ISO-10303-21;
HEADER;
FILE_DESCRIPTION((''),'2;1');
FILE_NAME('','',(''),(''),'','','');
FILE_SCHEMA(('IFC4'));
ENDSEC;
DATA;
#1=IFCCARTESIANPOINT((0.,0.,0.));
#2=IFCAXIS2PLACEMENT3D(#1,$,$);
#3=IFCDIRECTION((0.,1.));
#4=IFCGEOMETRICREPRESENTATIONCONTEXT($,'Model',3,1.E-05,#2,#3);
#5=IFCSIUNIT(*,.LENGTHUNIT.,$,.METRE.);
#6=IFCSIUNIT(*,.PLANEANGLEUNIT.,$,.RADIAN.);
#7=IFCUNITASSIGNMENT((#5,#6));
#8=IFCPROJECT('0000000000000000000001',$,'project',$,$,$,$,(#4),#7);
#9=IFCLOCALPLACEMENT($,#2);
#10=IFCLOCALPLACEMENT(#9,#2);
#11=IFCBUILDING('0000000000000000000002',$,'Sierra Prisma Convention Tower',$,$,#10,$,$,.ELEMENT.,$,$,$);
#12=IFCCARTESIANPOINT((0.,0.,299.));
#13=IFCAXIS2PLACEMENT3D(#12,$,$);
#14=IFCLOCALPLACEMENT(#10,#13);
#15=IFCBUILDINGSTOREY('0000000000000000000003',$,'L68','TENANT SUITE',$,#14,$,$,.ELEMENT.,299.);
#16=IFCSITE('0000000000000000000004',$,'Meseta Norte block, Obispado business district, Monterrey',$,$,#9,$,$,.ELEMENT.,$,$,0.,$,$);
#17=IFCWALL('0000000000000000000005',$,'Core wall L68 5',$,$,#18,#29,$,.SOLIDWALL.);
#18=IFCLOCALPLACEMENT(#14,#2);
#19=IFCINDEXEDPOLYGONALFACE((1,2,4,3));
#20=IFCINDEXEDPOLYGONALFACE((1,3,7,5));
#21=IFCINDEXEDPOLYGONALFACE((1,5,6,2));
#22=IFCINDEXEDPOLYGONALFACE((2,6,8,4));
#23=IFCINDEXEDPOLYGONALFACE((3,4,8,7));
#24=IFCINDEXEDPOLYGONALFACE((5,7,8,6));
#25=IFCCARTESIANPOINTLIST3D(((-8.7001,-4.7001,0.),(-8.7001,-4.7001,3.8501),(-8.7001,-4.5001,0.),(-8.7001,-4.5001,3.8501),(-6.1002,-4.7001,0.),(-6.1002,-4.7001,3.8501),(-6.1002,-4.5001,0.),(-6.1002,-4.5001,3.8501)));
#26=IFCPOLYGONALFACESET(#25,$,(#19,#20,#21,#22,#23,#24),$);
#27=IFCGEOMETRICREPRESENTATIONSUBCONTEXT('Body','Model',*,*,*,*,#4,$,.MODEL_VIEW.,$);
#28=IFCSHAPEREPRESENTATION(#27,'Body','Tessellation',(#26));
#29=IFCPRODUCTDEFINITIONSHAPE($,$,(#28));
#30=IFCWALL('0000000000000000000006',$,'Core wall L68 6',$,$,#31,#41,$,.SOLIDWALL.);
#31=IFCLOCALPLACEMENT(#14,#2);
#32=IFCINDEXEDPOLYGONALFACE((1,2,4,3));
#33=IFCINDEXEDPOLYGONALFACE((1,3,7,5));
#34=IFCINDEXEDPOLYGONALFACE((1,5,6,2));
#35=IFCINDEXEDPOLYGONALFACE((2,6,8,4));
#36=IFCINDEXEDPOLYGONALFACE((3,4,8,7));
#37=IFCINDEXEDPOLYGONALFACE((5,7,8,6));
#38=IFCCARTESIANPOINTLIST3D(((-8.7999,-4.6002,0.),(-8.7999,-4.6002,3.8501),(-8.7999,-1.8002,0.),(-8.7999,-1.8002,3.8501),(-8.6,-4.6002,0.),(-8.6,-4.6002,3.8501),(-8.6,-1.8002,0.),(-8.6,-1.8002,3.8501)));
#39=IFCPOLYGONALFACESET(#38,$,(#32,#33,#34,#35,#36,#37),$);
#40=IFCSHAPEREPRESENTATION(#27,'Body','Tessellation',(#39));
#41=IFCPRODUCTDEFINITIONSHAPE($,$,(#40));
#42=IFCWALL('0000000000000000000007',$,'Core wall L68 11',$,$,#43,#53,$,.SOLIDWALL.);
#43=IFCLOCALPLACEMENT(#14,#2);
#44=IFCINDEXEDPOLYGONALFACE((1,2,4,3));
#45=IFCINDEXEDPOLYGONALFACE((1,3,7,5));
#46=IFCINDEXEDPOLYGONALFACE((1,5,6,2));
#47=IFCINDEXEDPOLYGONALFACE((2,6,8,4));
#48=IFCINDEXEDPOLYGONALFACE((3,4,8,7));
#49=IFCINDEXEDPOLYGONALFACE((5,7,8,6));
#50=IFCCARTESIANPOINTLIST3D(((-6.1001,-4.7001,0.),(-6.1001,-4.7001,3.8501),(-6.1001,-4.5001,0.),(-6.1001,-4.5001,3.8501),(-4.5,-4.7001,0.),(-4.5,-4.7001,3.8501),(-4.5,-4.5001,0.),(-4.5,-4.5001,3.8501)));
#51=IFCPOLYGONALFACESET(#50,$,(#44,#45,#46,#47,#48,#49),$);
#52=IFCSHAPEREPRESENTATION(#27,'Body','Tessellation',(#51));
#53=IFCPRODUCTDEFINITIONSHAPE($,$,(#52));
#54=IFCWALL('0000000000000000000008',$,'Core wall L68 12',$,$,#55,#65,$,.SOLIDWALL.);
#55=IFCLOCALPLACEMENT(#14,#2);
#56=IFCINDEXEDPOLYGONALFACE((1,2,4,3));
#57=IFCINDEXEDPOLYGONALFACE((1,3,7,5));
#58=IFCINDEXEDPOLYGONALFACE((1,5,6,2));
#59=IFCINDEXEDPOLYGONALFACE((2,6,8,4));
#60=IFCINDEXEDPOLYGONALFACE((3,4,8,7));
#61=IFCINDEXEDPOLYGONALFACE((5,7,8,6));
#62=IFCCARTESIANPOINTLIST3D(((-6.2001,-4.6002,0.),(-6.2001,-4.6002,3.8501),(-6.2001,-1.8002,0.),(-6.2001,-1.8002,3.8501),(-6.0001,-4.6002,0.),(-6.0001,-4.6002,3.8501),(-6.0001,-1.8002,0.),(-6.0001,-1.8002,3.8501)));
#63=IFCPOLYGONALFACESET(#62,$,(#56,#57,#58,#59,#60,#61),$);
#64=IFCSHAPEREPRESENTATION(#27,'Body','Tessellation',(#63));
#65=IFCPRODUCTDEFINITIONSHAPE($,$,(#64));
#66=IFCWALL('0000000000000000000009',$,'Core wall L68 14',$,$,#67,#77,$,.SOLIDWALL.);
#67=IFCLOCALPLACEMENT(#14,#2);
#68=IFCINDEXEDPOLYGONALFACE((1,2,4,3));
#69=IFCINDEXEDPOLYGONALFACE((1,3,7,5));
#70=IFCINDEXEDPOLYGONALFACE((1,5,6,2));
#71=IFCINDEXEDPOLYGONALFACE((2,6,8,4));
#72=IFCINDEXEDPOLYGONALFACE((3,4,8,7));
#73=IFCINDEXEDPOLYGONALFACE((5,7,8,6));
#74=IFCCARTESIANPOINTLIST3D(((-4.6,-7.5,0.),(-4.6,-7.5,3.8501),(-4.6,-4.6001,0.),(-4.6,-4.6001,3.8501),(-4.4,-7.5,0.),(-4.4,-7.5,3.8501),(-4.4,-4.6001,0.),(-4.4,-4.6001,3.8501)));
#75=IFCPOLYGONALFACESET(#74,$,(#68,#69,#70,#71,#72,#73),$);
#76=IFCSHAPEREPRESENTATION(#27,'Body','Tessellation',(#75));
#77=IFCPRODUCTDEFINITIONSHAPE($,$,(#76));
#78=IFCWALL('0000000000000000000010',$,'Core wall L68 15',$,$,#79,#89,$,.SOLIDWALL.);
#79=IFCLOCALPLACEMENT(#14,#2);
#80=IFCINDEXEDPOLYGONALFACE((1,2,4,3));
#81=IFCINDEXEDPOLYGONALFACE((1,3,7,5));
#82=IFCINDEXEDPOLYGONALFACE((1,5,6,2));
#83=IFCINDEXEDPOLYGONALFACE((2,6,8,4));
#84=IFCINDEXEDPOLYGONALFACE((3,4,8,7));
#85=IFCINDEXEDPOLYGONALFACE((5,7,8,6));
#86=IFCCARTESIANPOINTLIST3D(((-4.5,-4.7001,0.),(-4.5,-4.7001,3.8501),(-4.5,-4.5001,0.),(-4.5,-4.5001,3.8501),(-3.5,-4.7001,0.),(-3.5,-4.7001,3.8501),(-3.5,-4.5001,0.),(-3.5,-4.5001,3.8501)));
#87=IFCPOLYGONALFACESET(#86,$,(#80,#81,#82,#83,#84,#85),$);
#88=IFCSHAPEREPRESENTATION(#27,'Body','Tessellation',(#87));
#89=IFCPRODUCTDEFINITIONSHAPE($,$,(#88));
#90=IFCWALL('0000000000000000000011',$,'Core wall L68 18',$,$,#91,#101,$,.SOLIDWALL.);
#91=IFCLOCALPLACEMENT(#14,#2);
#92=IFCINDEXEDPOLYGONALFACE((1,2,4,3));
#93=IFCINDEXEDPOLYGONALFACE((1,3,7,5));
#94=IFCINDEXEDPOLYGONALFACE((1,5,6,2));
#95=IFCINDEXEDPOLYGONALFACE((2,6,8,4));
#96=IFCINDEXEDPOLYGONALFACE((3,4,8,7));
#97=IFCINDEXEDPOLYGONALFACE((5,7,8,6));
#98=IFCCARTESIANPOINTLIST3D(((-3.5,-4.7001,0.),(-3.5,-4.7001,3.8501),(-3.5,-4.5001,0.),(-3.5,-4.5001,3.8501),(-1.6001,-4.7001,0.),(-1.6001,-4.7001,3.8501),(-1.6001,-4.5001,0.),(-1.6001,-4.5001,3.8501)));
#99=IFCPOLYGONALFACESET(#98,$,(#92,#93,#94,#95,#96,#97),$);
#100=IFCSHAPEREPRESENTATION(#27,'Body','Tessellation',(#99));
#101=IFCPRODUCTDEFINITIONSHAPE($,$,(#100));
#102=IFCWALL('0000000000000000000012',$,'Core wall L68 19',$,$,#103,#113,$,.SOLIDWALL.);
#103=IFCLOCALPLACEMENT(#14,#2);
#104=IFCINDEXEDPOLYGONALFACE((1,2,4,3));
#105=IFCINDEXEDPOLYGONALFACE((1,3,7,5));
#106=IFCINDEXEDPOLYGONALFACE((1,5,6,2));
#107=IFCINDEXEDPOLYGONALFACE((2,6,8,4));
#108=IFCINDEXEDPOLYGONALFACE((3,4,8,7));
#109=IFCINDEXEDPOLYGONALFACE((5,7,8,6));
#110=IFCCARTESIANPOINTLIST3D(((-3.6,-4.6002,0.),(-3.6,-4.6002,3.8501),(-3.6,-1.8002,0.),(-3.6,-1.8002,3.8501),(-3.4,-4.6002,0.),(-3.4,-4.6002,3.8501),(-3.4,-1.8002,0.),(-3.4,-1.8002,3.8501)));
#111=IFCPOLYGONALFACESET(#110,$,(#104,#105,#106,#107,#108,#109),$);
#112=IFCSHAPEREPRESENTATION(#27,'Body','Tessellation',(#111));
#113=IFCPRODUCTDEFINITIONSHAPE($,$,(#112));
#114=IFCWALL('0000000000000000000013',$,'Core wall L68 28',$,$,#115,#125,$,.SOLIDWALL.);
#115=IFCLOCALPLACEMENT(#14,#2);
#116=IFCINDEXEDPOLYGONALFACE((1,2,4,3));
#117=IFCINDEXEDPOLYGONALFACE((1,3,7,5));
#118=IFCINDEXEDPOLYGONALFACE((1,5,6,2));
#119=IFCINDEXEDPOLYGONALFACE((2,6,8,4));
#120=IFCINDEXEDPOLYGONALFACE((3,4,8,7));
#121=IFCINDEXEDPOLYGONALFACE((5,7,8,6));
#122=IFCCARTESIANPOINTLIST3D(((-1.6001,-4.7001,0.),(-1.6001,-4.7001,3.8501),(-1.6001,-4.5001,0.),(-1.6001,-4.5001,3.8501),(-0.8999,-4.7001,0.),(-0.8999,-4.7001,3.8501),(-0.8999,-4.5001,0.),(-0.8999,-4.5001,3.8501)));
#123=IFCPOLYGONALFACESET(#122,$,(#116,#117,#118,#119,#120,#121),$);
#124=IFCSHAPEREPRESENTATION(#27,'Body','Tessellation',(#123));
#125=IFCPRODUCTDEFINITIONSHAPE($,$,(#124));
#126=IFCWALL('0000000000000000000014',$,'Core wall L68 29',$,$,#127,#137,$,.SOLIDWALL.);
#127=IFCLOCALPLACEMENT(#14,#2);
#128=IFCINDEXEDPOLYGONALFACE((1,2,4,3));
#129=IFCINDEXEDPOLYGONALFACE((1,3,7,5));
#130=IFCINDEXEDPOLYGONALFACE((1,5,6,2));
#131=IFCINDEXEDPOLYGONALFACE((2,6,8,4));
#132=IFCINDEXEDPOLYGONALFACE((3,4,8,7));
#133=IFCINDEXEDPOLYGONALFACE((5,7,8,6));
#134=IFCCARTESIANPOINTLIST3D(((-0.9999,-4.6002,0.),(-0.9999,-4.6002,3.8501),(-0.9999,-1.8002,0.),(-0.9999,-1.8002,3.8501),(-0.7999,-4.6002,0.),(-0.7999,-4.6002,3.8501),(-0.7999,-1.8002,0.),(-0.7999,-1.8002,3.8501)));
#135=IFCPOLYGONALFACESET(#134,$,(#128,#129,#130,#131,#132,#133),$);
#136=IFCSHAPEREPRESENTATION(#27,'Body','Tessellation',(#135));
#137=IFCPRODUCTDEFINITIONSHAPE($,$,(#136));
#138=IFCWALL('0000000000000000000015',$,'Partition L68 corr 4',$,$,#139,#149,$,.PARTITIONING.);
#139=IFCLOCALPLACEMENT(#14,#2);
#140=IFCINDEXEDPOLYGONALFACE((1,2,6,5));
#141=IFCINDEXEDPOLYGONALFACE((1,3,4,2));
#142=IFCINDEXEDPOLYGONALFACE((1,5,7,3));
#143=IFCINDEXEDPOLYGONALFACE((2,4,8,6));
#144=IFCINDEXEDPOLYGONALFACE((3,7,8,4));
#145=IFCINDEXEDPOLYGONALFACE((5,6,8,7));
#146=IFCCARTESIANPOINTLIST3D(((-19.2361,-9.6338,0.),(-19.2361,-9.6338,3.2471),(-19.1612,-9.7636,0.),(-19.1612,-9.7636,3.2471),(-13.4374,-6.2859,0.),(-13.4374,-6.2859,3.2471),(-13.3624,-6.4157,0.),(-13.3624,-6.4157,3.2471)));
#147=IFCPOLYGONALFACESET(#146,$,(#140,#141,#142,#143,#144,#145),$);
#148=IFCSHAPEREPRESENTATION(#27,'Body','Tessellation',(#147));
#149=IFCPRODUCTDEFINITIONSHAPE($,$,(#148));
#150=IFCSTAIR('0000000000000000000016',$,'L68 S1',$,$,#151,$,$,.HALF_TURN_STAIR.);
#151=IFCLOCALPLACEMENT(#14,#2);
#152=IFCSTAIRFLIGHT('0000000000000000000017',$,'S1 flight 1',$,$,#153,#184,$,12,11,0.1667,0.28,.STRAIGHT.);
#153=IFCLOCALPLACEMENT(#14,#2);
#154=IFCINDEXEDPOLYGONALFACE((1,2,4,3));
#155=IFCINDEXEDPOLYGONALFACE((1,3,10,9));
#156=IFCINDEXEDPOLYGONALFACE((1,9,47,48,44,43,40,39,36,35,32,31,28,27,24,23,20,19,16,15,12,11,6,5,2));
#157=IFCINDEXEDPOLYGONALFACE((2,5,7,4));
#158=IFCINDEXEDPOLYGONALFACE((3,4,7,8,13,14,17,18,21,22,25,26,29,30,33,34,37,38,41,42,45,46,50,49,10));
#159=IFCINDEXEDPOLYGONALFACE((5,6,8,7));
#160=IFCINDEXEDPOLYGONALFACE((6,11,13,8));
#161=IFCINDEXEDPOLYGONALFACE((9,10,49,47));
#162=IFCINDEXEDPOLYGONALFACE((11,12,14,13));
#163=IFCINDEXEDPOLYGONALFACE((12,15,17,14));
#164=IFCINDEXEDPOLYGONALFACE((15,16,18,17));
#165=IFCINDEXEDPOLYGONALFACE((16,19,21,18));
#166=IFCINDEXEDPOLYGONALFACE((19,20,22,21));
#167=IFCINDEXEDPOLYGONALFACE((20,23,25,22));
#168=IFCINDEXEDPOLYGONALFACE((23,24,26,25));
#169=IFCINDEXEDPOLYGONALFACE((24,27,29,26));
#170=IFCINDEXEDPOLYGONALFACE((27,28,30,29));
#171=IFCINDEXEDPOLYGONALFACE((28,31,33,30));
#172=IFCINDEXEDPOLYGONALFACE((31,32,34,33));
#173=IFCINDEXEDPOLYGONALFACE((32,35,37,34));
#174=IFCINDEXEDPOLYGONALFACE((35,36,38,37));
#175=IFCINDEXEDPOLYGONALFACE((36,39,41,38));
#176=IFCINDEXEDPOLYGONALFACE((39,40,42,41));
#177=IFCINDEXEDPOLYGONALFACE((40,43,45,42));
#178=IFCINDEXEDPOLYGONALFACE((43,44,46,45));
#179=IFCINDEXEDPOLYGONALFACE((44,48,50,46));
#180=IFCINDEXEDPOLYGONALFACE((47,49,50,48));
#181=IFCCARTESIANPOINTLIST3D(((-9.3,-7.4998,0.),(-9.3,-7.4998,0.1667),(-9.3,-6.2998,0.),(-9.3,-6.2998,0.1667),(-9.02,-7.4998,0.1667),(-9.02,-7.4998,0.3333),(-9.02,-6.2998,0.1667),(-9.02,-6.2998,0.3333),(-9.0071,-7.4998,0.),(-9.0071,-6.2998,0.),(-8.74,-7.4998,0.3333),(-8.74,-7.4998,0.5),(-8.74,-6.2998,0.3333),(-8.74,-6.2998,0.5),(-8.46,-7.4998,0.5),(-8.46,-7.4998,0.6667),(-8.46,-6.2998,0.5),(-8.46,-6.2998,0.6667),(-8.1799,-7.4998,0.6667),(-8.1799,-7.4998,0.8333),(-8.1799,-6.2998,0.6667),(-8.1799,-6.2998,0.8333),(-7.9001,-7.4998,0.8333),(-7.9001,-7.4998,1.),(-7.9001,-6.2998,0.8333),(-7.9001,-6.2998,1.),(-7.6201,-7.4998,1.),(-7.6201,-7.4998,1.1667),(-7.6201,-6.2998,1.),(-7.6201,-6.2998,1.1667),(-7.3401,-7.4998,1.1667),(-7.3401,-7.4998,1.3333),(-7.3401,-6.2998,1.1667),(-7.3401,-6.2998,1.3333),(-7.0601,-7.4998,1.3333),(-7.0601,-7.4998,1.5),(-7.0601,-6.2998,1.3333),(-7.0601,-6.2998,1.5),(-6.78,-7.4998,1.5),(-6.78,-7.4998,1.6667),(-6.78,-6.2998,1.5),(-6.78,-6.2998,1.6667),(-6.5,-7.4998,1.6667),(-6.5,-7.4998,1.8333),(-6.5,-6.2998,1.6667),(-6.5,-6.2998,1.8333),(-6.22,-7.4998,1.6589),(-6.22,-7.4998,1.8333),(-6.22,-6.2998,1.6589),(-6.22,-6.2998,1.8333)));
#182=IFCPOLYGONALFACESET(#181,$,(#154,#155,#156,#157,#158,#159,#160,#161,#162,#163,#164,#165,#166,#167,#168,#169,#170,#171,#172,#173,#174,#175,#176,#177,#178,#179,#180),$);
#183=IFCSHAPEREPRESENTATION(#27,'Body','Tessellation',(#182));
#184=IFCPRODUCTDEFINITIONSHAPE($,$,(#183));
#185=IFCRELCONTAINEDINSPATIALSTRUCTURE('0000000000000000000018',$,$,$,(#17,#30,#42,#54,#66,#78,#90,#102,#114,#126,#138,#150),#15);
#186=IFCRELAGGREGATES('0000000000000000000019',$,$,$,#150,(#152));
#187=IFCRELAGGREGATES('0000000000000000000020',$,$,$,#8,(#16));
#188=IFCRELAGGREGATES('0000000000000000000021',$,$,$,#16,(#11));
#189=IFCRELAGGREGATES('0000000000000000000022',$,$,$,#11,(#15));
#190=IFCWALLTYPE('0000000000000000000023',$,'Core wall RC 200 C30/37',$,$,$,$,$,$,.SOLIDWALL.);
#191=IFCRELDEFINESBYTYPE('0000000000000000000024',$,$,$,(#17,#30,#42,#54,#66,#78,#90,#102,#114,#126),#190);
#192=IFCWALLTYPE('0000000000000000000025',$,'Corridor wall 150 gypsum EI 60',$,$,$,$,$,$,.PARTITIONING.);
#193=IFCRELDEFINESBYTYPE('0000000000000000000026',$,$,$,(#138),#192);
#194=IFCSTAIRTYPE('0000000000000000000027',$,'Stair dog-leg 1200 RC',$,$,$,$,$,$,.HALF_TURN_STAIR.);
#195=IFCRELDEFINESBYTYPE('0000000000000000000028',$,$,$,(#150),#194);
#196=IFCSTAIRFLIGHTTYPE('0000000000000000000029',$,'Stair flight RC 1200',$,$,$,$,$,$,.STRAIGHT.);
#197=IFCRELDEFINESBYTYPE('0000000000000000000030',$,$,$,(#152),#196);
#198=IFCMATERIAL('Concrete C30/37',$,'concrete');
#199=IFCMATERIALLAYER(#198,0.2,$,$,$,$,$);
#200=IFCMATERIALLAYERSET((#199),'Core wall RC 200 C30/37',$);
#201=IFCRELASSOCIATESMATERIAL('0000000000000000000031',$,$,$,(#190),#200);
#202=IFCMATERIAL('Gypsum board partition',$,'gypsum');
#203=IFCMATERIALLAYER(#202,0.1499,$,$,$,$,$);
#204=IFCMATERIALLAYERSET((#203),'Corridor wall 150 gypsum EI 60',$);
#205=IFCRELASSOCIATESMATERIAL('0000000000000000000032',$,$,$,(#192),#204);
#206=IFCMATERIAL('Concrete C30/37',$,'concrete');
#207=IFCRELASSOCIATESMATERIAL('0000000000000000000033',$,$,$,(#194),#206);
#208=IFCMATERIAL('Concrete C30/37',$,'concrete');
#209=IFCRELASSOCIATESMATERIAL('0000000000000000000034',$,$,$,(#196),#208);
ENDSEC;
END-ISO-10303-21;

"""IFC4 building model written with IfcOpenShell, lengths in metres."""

from ifc_helpers import new_model, si_unit, direction, frame, frame_2d, origin, place, context, subcontext, project, spatial, polyline, rectangle, outline, extrude, material, layer, layer_set, type_object, element, aggregate, save


model = new_model("IFC4")

# Units and contexts
model_context = context("Model", 3, precision=1e-05, world=origin(), true_north=direction((0.0, 1.0)))
body_context = subcontext(model_context, "Body", "Model", "MODEL_VIEW")
ifc_project = project(units=[si_unit("LENGTHUNIT", "METRE"), si_unit("PLANEANGLEUNIT", "RADIAN")], contexts=[model_context])

# Site, building, storey
site_placement = place(None, origin())
site = spatial("IfcSite", under=ifc_project, at=site_placement, Name="Meseta Norte block, Obispado business district, Monterrey", CompositionType="ELEMENT", RefElevation=0.0)
building_placement = place(site_placement, origin())
building = spatial("IfcBuilding", under=site, at=building_placement, Name="Sierra Prisma Convention Tower", CompositionType="ELEMENT")
storey_placement = place(building_placement, frame((0.0, 0.0, 299.0)))
storey = spatial("IfcBuildingStorey", under=building, at=storey_placement, Name="L68", Description="TENANT SUITE", CompositionType="ELEMENT", Elevation=299.0)

# Shared definitions
ifc_material_1 = material(Name="Concrete C30/37", Category="concrete")
ifc_layer_1 = layer(ifc_material_1, 0.2)
ifc_layer_set_1 = layer_set([ifc_layer_1], Name="Core wall RC 200 C30/37")
wall_type_1 = type_object("IfcWallType", Name="Core wall RC 200 C30/37", PredefinedType="SOLIDWALL", material=ifc_layer_set_1)

# Walls
wall_1_placement = place(storey_placement, frame((-8.7, -4.6001, 0.0), z_axis=(0.0, 0.0, 1.0), x_axis=(1.0, 0.0, 0.0)))
element("IfcWall", 1, at=wall_1_placement, inside=storey, type_object=wall_type_1, Name="Core wall L68 5", PredefinedType="SOLIDWALL", context=body_context, shape_type="SweptSolid", body=[
    extrude(rectangle(XDim=2.5999, YDim=0.2, at=frame_2d((1.2998, 0.0))), origin(), (0.0, 0.0, 1.0), 3.8501),
])
wall_2_placement = place(storey_placement, frame((-8.7, -4.6001, 0.0), z_axis=(0.0, 0.0, 1.0), x_axis=(0.0, 1.0, 0.0)))
element("IfcWall", 2, at=wall_2_placement, inside=storey, type_object=wall_type_1, Name="Core wall L68 6", PredefinedType="SOLIDWALL", context=body_context, shape_type="SweptSolid", body=[
    extrude(rectangle(XDim=2.8, YDim=0.2, at=frame_2d((1.3999, 0.0))), origin(), (0.0, 0.0, 1.0), 3.8501),
])
wall_3_placement = place(storey_placement, frame((-6.1001, -4.6001, 0.0), z_axis=(0.0, 0.0, 1.0), x_axis=(1.0, 0.0, 0.0)))
element("IfcWall", 3, at=wall_3_placement, inside=storey, type_object=wall_type_1, Name="Core wall L68 11", PredefinedType="SOLIDWALL", context=body_context, shape_type="SweptSolid", body=[
    extrude(rectangle(XDim=1.6001, YDim=0.2, at=frame_2d((0.8, 0.0))), origin(), (0.0, 0.0, 1.0), 3.8501),
])
wall_4_placement = place(storey_placement, frame((-6.1001, -4.6001, 0.0), z_axis=(0.0, 0.0, 1.0), x_axis=(0.0, 1.0, 0.0)))
element("IfcWall", 4, at=wall_4_placement, inside=storey, type_object=wall_type_1, Name="Core wall L68 12", PredefinedType="SOLIDWALL", context=body_context, shape_type="SweptSolid", body=[
    extrude(rectangle(XDim=2.8, YDim=0.2, at=frame_2d((1.3999, 0.0))), origin(), (0.0, 0.0, 1.0), 3.8501),
])
wall_5_placement = place(storey_placement, frame((-4.5, -4.6001, 0.0), z_axis=(0.0, 0.0, 1.0), x_axis=(0.0, -1.0, 0.0)))
element("IfcWall", 5, at=wall_5_placement, inside=storey, type_object=wall_type_1, Name="Core wall L68 14", PredefinedType="SOLIDWALL", context=body_context, shape_type="SweptSolid", body=[
    extrude(rectangle(XDim=2.8999, YDim=0.2, at=frame_2d((1.45, 0.0))), origin(), (0.0, 0.0, 1.0), 3.8501),
])
wall_6_placement = place(storey_placement, frame((-4.5, -4.6001, 0.0), z_axis=(0.0, 0.0, 1.0), x_axis=(1.0, 0.0, 0.0)))
element("IfcWall", 6, at=wall_6_placement, inside=storey, type_object=wall_type_1, Name="Core wall L68 15", PredefinedType="SOLIDWALL", context=body_context, shape_type="SweptSolid", body=[
    extrude(rectangle(XDim=1.0, YDim=0.2, at=frame_2d((0.5, 0.0))), origin(), (0.0, 0.0, 1.0), 3.8501),
])
wall_7_placement = place(storey_placement, frame((-3.5, -4.6001, 0.0), z_axis=(0.0, 0.0, 1.0), x_axis=(1.0, 0.0, 0.0)))
element("IfcWall", 7, at=wall_7_placement, inside=storey, type_object=wall_type_1, Name="Core wall L68 18", PredefinedType="SOLIDWALL", context=body_context, shape_type="SweptSolid", body=[
    extrude(rectangle(XDim=1.8999, YDim=0.2, at=frame_2d((0.95, 0.0))), origin(), (0.0, 0.0, 1.0), 3.8501),
])
wall_8_placement = place(storey_placement, frame((-3.5, -4.6001, 0.0), z_axis=(0.0, 0.0, 1.0), x_axis=(0.0, 1.0, 0.0)))
element("IfcWall", 8, at=wall_8_placement, inside=storey, type_object=wall_type_1, Name="Core wall L68 19", PredefinedType="SOLIDWALL", context=body_context, shape_type="SweptSolid", body=[
    extrude(rectangle(XDim=2.8, YDim=0.2, at=frame_2d((1.3999, 0.0))), origin(), (0.0, 0.0, 1.0), 3.8501),
])

# Walls
wall_9_placement = place(storey_placement, frame((-1.6001, -4.6001, 0.0), z_axis=(0.0, 0.0, 1.0), x_axis=(1.0, 0.0, 0.0)))
element("IfcWall", 9, at=wall_9_placement, inside=storey, type_object=wall_type_1, Name="Core wall L68 28", PredefinedType="SOLIDWALL", context=body_context, shape_type="SweptSolid", body=[
    extrude(rectangle(XDim=0.7002, YDim=0.2, at=frame_2d((0.3501, 0.0))), origin(), (0.0, 0.0, 1.0), 3.8501),
])
wall_10_placement = place(storey_placement, frame((-0.8999, -4.6001, 0.0), z_axis=(0.0, 0.0, 1.0), x_axis=(0.0, 1.0, 0.0)))
element("IfcWall", 10, at=wall_10_placement, inside=storey, type_object=wall_type_1, Name="Core wall L68 29", PredefinedType="SOLIDWALL", context=body_context, shape_type="SweptSolid", body=[
    extrude(rectangle(XDim=2.8, YDim=0.2, at=frame_2d((1.3999, 0.0))), origin(), (0.0, 0.0, 1.0), 3.8501),
])
ifc_material_2 = material(Name="Gypsum board partition", Category="gypsum")
ifc_layer_2 = layer(ifc_material_2, 0.1499)
ifc_layer_set_2 = layer_set([ifc_layer_2], Name="Corridor wall 150 gypsum EI 60")
wall_type_2 = type_object("IfcWallType", Name="Corridor wall 150 gypsum EI 60", PredefinedType="PARTITIONING", material=ifc_layer_set_2)
wall_11_placement = place(storey_placement, frame((-13.3999, -6.3508, 0.0), z_axis=(0.0, 0.0, 1.0), x_axis=(-0.866029, -0.499994, 0.0)))
element("IfcWall", 11, at=wall_11_placement, inside=storey, type_object=wall_type_2, Name="Partition L68 corr 4", PredefinedType="PARTITIONING", context=body_context, shape_type="SweptSolid", body=[
    extrude(rectangle(XDim=6.6958, YDim=0.1499, at=frame_2d((3.3479, 0.0))), origin(), (0.0, 0.0, 1.0), 3.2471),
])

# Stair, stair flight
ifc_material_3 = material(Name="Concrete C30/37", Category="concrete")
stair_type = type_object("IfcStairType", Name="Stair dog-leg 1200 RC", PredefinedType="HALF_TURN_STAIR", material=ifc_material_3)
stair_placement = place(storey_placement, origin())
stair = element("IfcStair", 12, at=stair_placement, inside=storey, type_object=stair_type, Name="L68 S1", PredefinedType="HALF_TURN_STAIR")
ifc_material_4 = material(Name="Concrete C30/37", Category="concrete")
stair_flight_type = type_object("IfcStairFlightType", Name="Stair flight RC 1200", PredefinedType="STRAIGHT", material=ifc_material_4)
stair_flight_1_placement = place(storey_placement, frame((-9.3, -6.8999, 0.0), z_axis=(0.0, 0.0, 1.0), x_axis=(1.0, 0.0, 0.0)))
stair_flight_1 = element("IfcStairFlight", 13, at=stair_flight_1_placement, type_object=stair_flight_type, Name="S1 flight 1", NumberOfRisers=12, NumberOfTreads=11, PredefinedType="STRAIGHT", RiserHeight=0.1667, TreadLength=0.28, context=body_context, shape_type="SweptSolid", body=[
    extrude(outline(polyline([(0.0, 0.0), (0.0, 0.1667), (0.28, 0.1667), (0.28, 0.3333), (0.5601, 0.3333), (0.5601, 0.5), (0.8401, 0.5), (0.8401, 0.6667), (1.1201, 0.6667), (1.1201, 0.8333), (1.3999, 0.8333), (1.3999, 1.0), (1.6799, 1.0), (1.6799, 1.1667), (1.96, 1.1667), (1.96, 1.3333), (2.24, 1.3333), (2.24, 1.5), (2.52, 1.5), (2.52, 1.6667), (2.8, 1.6667), (2.8, 1.8333), (3.0801, 1.8333), (3.0801, 2.0), (3.0801, 1.6589), (0.293, 0.0), (0.0, 0.0)])), frame((0.0, 0.6001, 0.0), z_axis=(0.0, -1.0, 0.0), x_axis=(1.0, 0.0, 0.0)), (0.0, 0.0, 1.0), 1.2),
])
aggregate(stair, [stair_flight_1])

save(model, "model.ifc")
